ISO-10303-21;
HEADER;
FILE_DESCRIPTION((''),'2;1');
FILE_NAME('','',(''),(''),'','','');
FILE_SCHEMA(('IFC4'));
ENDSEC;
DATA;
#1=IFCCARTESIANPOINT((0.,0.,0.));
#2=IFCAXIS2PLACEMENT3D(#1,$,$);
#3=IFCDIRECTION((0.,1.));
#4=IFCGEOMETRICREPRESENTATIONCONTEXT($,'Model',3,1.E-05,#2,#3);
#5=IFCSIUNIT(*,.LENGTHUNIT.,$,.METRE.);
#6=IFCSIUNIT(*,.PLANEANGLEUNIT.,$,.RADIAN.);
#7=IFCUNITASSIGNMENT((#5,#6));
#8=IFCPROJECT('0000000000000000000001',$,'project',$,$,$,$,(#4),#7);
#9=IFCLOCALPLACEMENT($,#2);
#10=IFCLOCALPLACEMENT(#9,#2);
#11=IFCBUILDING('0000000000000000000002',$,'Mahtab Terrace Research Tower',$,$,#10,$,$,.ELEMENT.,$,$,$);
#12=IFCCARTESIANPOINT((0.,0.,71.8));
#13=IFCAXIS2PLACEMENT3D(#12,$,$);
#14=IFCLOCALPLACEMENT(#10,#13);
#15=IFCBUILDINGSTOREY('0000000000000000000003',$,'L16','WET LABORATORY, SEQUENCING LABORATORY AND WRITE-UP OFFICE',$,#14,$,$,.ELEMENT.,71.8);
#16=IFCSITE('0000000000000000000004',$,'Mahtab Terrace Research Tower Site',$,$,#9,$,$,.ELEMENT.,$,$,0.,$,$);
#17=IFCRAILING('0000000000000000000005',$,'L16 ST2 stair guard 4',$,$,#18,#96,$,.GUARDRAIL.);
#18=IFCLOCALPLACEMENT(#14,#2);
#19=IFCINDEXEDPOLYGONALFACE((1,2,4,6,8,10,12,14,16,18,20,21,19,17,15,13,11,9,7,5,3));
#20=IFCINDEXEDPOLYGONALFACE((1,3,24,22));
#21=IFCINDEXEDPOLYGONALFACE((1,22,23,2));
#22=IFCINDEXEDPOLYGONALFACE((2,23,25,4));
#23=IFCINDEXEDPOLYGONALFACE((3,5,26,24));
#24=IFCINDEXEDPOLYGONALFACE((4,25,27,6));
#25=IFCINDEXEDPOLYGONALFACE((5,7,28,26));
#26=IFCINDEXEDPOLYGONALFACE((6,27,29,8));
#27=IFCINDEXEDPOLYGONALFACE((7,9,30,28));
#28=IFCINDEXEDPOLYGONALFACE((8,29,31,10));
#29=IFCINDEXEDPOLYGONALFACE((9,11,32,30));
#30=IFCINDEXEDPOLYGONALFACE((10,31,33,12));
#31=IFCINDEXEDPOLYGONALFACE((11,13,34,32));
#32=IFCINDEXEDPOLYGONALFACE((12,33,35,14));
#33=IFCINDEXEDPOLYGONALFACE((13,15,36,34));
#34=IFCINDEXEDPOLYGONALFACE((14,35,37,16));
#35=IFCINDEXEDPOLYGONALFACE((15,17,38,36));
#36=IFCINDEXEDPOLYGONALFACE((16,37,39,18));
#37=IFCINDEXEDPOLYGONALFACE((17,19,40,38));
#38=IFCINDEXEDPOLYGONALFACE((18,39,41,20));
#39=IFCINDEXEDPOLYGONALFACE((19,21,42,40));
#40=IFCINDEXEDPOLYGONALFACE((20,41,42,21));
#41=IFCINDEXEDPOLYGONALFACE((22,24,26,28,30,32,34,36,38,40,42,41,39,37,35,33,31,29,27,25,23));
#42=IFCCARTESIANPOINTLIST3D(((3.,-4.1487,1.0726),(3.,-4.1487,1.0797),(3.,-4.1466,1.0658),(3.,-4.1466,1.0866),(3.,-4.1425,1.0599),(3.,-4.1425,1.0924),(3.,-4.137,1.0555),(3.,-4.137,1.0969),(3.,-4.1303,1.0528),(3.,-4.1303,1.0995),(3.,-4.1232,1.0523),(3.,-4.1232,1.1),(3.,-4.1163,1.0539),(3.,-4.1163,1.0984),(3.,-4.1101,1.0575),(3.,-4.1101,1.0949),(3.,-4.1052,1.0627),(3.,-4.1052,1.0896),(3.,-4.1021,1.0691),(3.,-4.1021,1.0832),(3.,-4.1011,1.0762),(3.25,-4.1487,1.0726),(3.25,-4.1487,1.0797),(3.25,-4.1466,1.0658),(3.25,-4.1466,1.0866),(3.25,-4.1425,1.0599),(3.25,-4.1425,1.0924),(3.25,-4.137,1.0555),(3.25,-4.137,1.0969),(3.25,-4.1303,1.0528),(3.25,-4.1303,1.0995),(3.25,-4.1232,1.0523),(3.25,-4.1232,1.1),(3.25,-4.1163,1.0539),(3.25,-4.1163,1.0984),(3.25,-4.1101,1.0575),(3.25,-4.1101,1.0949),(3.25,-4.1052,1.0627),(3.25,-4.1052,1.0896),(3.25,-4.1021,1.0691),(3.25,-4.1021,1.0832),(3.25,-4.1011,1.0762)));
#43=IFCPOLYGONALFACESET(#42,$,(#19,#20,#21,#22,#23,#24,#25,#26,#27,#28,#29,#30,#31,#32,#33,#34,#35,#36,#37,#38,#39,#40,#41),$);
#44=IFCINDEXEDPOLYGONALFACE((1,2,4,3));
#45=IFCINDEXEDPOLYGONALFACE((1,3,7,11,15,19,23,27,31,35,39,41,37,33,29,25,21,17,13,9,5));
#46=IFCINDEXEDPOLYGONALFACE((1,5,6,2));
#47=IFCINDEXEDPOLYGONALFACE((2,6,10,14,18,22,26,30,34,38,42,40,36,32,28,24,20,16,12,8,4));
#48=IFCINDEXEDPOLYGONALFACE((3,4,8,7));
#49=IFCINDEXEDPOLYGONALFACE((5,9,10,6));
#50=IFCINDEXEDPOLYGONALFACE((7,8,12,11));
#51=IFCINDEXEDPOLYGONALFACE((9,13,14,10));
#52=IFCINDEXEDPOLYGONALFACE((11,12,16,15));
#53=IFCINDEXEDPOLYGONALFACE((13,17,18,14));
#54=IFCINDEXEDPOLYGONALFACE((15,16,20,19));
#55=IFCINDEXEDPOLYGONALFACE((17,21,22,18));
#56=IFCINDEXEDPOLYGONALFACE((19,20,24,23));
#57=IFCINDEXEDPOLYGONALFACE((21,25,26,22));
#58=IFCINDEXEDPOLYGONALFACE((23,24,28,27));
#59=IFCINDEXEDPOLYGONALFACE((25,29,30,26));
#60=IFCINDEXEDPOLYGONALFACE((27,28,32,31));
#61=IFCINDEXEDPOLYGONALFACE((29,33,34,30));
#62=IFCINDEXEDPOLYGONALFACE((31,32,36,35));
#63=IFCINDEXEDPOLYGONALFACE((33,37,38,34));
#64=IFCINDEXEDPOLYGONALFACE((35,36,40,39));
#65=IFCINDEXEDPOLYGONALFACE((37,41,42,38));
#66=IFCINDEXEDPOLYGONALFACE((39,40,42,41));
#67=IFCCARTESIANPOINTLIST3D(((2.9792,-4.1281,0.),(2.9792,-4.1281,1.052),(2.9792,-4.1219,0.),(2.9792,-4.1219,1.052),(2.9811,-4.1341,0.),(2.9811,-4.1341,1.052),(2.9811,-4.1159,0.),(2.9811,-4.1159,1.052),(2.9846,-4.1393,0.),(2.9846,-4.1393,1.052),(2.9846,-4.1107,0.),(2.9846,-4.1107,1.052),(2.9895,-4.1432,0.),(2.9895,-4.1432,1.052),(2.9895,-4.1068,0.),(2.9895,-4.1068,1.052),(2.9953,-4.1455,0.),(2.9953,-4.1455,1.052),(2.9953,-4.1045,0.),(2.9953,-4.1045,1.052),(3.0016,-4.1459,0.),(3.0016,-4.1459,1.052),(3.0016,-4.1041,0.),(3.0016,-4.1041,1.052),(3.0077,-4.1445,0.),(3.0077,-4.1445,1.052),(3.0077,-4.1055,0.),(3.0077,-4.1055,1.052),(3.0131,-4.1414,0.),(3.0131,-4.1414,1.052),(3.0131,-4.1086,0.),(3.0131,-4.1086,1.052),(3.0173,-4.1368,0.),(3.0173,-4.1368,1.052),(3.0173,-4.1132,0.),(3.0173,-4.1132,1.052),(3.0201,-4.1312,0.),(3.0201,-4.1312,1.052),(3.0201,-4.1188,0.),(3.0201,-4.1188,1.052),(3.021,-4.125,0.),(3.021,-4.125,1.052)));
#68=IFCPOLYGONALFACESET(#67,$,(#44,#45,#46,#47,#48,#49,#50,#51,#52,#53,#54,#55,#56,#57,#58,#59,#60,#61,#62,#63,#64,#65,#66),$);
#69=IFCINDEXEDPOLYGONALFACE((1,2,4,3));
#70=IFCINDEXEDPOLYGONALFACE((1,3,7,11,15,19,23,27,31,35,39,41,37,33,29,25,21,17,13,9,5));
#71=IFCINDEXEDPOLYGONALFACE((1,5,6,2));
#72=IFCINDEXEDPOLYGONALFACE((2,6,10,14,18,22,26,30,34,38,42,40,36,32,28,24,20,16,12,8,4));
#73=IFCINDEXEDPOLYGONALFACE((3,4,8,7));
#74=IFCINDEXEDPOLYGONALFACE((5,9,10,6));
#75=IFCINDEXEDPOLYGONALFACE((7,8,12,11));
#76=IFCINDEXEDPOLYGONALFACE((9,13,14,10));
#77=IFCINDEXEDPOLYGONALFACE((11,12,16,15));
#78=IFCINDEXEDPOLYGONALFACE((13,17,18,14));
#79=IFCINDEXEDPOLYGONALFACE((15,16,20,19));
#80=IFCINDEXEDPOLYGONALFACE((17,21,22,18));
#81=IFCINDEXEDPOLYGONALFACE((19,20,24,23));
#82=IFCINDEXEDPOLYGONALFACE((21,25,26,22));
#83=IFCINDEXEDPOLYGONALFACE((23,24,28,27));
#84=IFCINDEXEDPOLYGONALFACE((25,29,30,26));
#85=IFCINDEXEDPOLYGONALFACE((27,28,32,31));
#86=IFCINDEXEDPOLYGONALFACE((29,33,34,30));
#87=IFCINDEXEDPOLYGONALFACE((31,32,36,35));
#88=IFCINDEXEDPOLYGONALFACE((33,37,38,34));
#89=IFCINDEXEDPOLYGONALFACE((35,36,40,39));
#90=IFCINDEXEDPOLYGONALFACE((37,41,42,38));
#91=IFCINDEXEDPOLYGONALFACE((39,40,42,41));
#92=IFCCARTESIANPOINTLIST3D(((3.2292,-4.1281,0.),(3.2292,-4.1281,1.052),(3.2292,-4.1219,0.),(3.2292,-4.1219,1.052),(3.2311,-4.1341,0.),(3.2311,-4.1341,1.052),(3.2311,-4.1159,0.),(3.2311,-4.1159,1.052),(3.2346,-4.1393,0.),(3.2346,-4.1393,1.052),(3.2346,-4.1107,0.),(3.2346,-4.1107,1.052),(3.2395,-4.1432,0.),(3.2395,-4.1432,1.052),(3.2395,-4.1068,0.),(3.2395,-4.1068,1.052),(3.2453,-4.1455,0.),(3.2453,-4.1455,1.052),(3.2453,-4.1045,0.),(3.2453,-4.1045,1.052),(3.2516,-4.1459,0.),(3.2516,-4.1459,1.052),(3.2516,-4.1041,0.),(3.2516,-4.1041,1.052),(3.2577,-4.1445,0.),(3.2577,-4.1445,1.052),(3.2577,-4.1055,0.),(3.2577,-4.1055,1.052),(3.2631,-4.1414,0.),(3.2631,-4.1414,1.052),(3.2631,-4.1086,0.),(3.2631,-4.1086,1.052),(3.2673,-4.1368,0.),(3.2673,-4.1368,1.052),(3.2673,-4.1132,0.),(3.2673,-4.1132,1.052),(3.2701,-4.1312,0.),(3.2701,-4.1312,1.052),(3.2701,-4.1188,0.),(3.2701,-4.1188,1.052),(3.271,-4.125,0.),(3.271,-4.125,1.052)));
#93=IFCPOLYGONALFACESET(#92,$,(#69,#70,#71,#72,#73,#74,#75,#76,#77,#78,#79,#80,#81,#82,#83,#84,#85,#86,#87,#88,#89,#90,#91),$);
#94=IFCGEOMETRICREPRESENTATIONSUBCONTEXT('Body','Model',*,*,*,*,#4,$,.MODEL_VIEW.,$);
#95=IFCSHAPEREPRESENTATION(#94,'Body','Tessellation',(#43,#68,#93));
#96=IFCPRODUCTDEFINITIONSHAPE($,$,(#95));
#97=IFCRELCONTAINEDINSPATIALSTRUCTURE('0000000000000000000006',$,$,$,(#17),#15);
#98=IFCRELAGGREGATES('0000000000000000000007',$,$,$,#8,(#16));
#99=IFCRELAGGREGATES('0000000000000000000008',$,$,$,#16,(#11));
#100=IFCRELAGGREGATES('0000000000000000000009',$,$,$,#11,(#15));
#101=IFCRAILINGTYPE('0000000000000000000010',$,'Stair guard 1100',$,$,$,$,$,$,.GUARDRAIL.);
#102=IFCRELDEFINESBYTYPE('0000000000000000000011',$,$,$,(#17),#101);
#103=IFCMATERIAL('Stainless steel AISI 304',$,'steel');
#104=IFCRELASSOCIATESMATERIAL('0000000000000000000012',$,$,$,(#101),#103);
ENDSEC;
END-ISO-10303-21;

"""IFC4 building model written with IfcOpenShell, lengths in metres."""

from ifc_helpers import new_model, si_unit, direction, frame, origin, origin_2d, place, context, subcontext, project, spatial, circle, extrude, material, type_object, element, save


model = new_model("IFC4")

# Units and contexts
model_context = context("Model", 3, precision=1e-05, world=origin(), true_north=direction((0.0, 1.0)))
body_context = subcontext(model_context, "Body", "Model", "MODEL_VIEW")
ifc_project = project(units=[si_unit("LENGTHUNIT", "METRE"), si_unit("PLANEANGLEUNIT", "RADIAN")], contexts=[model_context])

# Site, building, storey
site_placement = place(None, origin())
site = spatial("IfcSite", under=ifc_project, at=site_placement, Name="Mahtab Terrace Research Tower Site", CompositionType="ELEMENT", RefElevation=0.0)
building_placement = place(site_placement, origin())
building = spatial("IfcBuilding", under=site, at=building_placement, Name="Mahtab Terrace Research Tower", CompositionType="ELEMENT")
storey_placement = place(building_placement, frame((0.0, 0.0, 71.8)))
storey = spatial("IfcBuildingStorey", under=building, at=storey_placement, Name="L16", Description="WET LABORATORY, SEQUENCING LABORATORY AND WRITE-UP OFFICE", CompositionType="ELEMENT", Elevation=71.8)

# Railing
ifc_material_1 = material(Name="Stainless steel AISI 304", Category="steel")
railing_type_1 = type_object("IfcRailingType", Name="Stair guard 1100", PredefinedType="GUARDRAIL", material=ifc_material_1)
railing_1_placement = place(storey_placement, frame((3.0, -4.125, 0.0)))
element("IfcRailing", 1, at=railing_1_placement, inside=storey, type_object=railing_type_1, Name="L16 ST2 stair guard 4", PredefinedType="GUARDRAIL", context=body_context, shape_type="SweptSolid", body=[
    extrude(circle(Radius=0.0239, at=origin_2d()), frame((0.0, 0.0, 1.0762), z_axis=(1.0, 0.0, 0.0), x_axis=(0.0, 1.0, 0.0)), (0.0, 0.0, 1.0), 0.25),
    extrude(circle(Radius=0.021, at=origin_2d()), origin(), (0.0, 0.0, 1.0), 1.052),
    extrude(circle(Radius=0.021, at=origin_2d()), frame((0.25, 0.0, 0.0)), (0.0, 0.0, 1.0), 1.052),
])

save(model, "model.ifc")
